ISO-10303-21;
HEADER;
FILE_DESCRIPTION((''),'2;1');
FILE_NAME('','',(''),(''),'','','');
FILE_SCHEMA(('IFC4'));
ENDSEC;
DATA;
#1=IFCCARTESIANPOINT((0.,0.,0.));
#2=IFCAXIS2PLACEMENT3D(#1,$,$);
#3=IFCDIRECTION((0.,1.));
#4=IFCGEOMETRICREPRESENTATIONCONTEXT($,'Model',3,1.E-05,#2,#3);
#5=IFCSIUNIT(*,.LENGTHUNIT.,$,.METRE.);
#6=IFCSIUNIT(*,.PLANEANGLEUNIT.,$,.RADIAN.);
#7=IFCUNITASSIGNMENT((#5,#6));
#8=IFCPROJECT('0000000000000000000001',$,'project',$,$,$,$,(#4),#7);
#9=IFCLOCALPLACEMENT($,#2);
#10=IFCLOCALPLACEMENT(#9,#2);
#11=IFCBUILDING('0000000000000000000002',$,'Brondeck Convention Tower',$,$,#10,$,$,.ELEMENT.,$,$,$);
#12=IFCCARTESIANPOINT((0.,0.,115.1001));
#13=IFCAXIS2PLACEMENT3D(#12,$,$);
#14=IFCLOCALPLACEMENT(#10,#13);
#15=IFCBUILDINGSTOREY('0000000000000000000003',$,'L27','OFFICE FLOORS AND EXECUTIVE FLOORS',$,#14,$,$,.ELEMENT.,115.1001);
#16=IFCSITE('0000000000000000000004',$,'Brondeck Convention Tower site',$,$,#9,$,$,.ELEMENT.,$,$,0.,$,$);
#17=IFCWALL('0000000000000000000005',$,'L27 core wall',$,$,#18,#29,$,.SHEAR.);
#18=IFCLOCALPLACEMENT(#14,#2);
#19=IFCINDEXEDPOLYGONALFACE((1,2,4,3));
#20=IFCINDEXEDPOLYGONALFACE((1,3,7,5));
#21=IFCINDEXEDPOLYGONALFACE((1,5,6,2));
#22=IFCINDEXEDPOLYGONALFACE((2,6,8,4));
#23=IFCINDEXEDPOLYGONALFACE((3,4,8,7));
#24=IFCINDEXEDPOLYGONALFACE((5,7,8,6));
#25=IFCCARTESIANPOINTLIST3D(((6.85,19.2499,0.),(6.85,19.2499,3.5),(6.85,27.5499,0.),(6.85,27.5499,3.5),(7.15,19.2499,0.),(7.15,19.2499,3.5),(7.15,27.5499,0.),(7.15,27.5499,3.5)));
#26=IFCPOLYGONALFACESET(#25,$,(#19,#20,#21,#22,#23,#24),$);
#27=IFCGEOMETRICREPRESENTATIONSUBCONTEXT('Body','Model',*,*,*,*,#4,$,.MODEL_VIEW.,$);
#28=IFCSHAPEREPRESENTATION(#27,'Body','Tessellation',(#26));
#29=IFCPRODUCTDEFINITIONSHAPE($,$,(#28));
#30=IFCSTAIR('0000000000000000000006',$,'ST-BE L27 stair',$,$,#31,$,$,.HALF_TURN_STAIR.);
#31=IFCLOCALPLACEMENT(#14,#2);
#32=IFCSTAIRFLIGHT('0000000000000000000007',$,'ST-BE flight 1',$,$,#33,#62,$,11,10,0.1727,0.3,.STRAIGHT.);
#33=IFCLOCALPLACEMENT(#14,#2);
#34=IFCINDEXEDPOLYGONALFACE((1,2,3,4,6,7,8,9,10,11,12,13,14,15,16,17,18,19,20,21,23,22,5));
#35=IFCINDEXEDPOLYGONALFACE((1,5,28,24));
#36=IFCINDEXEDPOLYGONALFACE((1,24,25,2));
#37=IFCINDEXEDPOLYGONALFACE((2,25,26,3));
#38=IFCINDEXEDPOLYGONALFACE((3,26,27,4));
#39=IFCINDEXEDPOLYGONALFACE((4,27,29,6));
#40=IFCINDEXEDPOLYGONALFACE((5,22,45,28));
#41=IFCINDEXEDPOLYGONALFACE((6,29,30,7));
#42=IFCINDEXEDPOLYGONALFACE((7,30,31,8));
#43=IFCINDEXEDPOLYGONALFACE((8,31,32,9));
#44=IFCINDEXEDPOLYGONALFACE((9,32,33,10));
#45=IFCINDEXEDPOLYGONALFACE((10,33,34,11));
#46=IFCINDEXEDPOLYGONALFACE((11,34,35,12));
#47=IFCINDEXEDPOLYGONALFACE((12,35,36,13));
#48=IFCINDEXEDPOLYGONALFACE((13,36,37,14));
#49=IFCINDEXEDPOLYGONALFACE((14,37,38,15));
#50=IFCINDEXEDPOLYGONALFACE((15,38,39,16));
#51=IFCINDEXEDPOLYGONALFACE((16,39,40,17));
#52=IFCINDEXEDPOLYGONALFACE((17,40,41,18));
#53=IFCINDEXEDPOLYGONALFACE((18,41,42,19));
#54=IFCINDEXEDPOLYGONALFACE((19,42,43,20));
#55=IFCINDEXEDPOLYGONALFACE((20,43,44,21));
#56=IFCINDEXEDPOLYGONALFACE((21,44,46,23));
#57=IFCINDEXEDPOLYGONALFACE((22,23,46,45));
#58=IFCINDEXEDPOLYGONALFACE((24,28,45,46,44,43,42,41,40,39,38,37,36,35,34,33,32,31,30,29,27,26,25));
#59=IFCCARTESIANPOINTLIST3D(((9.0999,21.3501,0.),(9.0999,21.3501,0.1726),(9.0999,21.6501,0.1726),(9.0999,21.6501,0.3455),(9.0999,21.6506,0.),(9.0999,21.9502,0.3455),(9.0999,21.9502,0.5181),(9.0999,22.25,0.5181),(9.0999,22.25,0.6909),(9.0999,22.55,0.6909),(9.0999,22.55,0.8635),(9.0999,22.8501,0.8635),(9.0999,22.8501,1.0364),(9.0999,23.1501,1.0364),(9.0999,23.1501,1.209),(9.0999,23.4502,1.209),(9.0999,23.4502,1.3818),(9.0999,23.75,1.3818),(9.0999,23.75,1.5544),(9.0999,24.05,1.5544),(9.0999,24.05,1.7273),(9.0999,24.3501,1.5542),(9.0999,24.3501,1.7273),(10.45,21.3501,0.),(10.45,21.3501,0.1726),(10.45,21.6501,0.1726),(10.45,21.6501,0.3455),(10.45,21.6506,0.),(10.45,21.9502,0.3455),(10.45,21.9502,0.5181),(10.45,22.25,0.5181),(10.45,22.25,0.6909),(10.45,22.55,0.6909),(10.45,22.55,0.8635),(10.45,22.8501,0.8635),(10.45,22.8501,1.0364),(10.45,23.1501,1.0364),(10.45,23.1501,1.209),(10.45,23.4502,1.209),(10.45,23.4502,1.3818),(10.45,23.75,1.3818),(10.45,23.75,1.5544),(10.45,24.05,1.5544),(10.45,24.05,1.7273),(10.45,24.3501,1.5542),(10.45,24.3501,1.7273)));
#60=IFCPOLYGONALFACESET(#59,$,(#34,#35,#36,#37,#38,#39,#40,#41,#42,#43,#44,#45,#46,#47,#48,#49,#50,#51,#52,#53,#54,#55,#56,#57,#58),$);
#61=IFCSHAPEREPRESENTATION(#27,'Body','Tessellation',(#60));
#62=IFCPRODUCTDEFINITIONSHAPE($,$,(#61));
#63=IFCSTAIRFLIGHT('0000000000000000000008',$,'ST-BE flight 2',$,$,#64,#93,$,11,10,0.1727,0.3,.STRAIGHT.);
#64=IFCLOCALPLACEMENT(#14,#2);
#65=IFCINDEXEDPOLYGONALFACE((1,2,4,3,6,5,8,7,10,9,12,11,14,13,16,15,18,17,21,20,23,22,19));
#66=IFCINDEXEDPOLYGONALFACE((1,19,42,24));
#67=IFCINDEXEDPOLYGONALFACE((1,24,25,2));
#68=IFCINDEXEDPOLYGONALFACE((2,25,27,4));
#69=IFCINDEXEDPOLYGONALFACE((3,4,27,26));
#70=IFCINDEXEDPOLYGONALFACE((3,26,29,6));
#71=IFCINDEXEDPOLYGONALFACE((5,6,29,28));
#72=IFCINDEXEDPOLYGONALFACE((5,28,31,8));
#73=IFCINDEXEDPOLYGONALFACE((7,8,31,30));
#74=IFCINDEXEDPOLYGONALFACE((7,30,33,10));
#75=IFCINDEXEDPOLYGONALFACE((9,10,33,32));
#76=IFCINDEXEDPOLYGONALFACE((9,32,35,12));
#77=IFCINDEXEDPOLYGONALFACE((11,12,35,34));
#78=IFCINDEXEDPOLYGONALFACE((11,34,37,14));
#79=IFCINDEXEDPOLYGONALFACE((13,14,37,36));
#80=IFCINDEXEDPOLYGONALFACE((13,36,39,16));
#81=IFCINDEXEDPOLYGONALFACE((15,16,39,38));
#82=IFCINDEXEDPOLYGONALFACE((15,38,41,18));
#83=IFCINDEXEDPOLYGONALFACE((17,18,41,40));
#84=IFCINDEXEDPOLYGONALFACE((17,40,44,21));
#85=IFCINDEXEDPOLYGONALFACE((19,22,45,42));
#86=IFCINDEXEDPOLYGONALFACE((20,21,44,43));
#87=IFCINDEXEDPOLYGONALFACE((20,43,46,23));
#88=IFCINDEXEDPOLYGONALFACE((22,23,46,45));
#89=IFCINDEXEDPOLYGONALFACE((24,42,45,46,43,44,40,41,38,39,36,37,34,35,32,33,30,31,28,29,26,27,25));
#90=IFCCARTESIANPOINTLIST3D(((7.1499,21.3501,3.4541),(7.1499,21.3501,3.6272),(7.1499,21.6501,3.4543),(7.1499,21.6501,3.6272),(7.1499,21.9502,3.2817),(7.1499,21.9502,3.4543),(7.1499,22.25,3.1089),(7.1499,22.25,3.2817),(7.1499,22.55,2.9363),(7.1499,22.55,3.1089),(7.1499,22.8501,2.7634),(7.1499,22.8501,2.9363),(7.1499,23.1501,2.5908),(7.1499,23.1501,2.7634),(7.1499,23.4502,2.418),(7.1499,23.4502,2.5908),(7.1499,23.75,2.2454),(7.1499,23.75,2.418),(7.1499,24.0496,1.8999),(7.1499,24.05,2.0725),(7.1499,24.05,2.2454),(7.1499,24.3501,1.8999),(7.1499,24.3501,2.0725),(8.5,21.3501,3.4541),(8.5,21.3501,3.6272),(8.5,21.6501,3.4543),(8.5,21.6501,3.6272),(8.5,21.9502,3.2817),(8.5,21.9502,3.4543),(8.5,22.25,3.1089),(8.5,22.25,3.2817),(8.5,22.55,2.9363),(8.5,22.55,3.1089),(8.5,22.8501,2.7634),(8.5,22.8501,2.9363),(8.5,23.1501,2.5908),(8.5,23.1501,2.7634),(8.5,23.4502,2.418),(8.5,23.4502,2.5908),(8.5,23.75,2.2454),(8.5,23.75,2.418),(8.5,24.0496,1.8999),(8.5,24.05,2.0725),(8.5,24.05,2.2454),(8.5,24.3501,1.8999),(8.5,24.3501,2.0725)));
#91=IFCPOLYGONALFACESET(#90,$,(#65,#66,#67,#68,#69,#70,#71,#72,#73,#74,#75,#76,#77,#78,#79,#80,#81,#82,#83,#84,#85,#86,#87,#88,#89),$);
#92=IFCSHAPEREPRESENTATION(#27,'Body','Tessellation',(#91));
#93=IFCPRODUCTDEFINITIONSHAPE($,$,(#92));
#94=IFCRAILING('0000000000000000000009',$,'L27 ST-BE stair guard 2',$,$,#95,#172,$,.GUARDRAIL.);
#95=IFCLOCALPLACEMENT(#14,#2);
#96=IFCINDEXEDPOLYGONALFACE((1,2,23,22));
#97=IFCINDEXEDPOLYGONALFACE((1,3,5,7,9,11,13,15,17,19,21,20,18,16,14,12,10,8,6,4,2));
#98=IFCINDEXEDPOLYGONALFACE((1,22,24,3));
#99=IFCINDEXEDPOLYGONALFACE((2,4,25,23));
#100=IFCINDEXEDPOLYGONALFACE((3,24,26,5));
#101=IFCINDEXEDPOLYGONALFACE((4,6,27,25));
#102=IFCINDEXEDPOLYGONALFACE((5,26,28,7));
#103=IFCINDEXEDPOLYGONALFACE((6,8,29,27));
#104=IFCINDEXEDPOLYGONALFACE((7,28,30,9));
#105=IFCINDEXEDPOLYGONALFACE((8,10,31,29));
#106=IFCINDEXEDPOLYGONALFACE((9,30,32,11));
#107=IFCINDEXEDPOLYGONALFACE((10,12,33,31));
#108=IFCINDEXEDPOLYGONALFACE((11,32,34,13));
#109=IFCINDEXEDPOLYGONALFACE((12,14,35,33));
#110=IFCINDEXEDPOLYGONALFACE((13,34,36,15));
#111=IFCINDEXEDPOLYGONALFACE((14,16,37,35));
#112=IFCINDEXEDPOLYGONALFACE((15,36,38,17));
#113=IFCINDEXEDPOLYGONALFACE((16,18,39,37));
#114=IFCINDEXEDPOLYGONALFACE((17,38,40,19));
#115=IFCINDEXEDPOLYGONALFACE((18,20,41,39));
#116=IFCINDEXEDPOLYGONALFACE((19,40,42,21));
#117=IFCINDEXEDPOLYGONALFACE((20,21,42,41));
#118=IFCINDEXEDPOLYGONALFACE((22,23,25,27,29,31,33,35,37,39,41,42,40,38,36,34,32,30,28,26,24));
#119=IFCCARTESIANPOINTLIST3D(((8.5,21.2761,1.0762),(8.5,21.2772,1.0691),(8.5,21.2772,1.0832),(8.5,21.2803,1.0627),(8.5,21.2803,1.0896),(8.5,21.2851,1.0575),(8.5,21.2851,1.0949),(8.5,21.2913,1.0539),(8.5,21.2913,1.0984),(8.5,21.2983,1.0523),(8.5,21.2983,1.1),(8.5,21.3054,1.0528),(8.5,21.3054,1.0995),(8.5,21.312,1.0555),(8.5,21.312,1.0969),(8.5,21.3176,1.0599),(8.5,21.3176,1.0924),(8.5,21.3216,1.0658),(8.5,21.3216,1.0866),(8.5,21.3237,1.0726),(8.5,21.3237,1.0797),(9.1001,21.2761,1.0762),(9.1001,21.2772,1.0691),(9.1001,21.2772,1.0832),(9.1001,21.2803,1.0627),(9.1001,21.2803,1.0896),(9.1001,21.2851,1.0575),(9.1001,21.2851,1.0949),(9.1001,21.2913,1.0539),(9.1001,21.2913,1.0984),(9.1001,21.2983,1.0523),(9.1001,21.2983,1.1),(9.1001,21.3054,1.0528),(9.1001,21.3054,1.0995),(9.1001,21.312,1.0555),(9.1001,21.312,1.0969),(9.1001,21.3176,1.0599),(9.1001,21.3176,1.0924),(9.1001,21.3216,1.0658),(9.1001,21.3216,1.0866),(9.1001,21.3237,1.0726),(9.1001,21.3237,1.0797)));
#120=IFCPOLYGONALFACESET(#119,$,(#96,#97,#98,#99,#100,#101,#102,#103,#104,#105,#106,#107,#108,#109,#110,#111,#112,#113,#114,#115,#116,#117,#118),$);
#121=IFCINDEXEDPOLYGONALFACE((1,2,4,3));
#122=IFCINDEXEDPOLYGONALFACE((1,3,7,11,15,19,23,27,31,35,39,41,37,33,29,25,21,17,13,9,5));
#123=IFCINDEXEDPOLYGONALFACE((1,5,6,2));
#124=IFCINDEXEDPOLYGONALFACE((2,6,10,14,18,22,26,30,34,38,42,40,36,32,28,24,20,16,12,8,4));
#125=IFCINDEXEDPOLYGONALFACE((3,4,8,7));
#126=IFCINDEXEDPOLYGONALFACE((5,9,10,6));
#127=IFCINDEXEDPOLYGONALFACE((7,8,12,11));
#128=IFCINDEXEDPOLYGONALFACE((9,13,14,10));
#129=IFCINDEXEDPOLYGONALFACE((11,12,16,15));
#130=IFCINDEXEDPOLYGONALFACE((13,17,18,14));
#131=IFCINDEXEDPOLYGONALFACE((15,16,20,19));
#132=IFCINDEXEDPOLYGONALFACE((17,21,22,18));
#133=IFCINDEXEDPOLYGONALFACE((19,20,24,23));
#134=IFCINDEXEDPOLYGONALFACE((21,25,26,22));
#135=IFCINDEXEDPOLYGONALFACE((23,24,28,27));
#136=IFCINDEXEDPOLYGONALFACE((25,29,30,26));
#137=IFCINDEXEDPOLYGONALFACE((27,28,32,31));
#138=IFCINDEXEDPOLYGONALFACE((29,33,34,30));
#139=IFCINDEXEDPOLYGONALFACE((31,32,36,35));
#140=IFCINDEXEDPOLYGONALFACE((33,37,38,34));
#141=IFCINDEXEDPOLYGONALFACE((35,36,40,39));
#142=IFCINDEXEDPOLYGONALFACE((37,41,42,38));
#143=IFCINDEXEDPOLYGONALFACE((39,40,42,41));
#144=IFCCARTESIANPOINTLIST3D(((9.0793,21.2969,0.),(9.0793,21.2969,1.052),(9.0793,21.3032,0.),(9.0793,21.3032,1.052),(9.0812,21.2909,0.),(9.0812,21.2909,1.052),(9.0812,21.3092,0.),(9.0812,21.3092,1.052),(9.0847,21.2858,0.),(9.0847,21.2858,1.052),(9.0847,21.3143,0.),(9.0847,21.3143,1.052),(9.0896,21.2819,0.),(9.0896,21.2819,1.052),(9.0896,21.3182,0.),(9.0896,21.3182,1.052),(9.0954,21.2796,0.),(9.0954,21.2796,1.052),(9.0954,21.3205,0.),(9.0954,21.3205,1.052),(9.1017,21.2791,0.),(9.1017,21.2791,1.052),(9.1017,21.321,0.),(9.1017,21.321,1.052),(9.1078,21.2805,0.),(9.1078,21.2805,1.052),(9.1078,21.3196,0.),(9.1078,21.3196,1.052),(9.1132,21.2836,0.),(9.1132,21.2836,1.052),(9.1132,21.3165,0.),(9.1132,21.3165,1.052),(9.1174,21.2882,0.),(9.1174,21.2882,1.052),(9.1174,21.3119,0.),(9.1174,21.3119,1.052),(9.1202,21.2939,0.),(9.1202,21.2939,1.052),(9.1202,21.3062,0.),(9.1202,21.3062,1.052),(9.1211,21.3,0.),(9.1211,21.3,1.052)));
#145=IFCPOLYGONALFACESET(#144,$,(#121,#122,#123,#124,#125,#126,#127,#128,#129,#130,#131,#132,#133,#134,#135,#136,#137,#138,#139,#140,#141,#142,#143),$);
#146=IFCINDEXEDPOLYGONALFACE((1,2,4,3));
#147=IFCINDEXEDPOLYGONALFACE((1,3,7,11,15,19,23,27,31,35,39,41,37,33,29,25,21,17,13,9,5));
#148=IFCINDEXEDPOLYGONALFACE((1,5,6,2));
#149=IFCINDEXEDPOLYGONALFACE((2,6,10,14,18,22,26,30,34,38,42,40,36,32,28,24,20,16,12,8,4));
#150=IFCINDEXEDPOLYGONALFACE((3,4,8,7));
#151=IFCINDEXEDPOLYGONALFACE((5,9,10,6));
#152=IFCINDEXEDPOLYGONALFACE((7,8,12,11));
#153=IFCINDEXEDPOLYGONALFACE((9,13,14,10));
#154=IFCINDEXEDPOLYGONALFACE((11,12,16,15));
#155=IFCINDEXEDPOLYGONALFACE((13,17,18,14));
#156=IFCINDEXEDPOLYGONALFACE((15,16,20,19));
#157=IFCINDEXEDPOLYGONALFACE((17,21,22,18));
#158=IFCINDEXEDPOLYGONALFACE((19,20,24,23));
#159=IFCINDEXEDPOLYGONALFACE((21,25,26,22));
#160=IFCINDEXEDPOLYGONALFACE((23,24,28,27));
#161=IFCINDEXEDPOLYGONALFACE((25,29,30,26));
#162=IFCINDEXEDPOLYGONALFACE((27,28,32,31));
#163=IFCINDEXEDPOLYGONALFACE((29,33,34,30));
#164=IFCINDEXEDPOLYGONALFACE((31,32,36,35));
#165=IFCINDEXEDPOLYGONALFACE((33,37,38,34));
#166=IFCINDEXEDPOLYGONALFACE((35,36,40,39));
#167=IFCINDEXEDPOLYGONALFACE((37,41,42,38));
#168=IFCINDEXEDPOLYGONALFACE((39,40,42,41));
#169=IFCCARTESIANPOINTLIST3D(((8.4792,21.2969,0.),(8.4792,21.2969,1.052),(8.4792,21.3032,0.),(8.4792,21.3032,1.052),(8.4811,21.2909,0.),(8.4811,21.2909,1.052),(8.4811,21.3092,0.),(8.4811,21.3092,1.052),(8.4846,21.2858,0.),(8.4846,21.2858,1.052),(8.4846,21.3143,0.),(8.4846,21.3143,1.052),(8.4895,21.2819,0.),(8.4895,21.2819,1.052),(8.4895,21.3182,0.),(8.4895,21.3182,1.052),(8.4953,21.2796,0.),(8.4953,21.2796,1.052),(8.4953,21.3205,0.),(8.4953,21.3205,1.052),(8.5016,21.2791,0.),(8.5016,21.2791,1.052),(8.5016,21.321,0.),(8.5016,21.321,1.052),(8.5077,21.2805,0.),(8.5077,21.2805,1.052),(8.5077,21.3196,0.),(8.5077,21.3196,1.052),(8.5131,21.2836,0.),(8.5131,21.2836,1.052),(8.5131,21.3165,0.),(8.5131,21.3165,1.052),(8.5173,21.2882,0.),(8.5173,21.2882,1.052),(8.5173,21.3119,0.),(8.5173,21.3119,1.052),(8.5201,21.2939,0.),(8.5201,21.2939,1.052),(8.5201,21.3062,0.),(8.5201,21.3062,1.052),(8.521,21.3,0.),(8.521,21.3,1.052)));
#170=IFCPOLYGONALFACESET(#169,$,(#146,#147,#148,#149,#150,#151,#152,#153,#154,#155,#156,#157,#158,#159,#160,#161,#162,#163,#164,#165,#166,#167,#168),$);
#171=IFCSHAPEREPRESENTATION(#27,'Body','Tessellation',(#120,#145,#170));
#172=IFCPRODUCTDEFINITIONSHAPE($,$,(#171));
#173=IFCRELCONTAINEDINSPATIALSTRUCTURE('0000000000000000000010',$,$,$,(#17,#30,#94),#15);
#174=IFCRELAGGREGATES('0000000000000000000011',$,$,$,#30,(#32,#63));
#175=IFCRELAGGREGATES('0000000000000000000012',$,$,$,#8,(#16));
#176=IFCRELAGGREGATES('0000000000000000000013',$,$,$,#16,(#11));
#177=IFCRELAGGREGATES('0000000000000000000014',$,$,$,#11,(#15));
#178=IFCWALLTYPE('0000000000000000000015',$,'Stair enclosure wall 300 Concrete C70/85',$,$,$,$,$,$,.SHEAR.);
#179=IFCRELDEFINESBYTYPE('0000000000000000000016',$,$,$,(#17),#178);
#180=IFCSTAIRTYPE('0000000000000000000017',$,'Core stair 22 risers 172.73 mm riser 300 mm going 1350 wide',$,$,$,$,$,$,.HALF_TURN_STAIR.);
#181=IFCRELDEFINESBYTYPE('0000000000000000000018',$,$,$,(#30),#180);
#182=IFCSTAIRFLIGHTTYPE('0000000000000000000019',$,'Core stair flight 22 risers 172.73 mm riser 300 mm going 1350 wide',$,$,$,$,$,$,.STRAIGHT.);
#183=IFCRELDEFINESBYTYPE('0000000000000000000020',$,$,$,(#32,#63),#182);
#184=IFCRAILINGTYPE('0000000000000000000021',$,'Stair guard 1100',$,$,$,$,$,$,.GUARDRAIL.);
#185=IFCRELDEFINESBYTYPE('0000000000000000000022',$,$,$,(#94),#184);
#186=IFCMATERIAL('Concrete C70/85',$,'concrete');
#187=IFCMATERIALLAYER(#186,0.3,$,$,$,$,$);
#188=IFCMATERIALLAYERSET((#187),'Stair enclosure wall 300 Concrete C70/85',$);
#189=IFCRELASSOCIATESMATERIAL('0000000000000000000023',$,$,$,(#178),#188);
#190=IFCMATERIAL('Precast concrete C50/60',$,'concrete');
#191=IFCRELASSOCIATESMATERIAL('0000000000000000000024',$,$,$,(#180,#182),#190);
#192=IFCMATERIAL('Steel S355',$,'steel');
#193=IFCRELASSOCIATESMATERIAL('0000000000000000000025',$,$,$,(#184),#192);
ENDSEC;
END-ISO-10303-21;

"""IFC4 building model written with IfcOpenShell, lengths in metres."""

from ifc_helpers import new_model, si_unit, direction, frame, frame_2d, origin, origin_2d, place, context, subcontext, project, spatial, polyline, rectangle, circle, outline, extrude, material, layer, layer_set, type_object, element, aggregate, save


model = new_model("IFC4")

# Units and contexts
model_context = context("Model", 3, precision=1e-05, world=origin(), true_north=direction((0.0, 1.0)))
body_context = subcontext(model_context, "Body", "Model", "MODEL_VIEW")
ifc_project = project(units=[si_unit("LENGTHUNIT", "METRE"), si_unit("PLANEANGLEUNIT", "RADIAN")], contexts=[model_context])

# Site, building, storey
site_placement = place(None, origin())
site = spatial("IfcSite", under=ifc_project, at=site_placement, Name="Brondeck Convention Tower site", CompositionType="ELEMENT", RefElevation=0.0)
building_placement = place(site_placement, origin())
building = spatial("IfcBuilding", under=site, at=building_placement, Name="Brondeck Convention Tower", CompositionType="ELEMENT")
storey_placement = place(building_placement, frame((0.0, 0.0, 115.1001)))
storey = spatial("IfcBuildingStorey", under=building, at=storey_placement, Name="L27", Description="OFFICE FLOORS AND EXECUTIVE FLOORS", CompositionType="ELEMENT", Elevation=115.1001)

# Shared definitions
ifc_material_1 = material(Name="Concrete C70/85", Category="concrete")

# Shared definitions
ifc_material_2 = material(Name="Steel S355", Category="steel")

# Wall
ifc_layer_1 = layer(ifc_material_1, 0.3)
ifc_layer_set_1 = layer_set([ifc_layer_1], Name="Stair enclosure wall 300 Concrete C70/85")
wall_type_1 = type_object("IfcWallType", Name="Stair enclosure wall 300 Concrete C70/85", PredefinedType="SHEAR", material=ifc_layer_set_1)
wall_1_placement = place(storey_placement, frame((7.0, 19.25, 0.0), z_axis=(0.0, 0.0, 1.0), x_axis=(0.0, 1.0, 0.0)))
element("IfcWall", 1, at=wall_1_placement, inside=storey, type_object=wall_type_1, Name="L27 core wall", PredefinedType="SHEAR", context=body_context, shape_type="SweptSolid", body=[
    extrude(rectangle(XDim=8.3, YDim=0.3, at=frame_2d((4.1499, 0.0))), origin(), (0.0, 0.0, 1.0), 3.5),
])

# Stair, stair flights
ifc_material_3 = material(Name="Precast concrete C50/60", Category="concrete")
stair_type = type_object("IfcStairType", Name="Core stair 22 risers 172.73 mm riser 300 mm going 1350 wide", PredefinedType="HALF_TURN_STAIR", material=ifc_material_3)
stair_placement = place(storey_placement, origin())
stair = element("IfcStair", 2, at=stair_placement, inside=storey, type_object=stair_type, Name="ST-BE L27 stair", PredefinedType="HALF_TURN_STAIR")
stair_flight_type = type_object("IfcStairFlightType", Name="Core stair flight 22 risers 172.73 mm riser 300 mm going 1350 wide", PredefinedType="STRAIGHT", material=ifc_material_3)
stair_flight_1_placement = place(storey_placement, frame((9.7749, 21.3501, 0.0), z_axis=(0.0, 0.0, 1.0), x_axis=(0.0, 1.0, 0.0)))
stair_flight_1 = element("IfcStairFlight", 3, at=stair_flight_1_placement, type_object=stair_flight_type, Name="ST-BE flight 1", NumberOfRisers=11, NumberOfTreads=10, PredefinedType="STRAIGHT", RiserHeight=0.1727, TreadLength=0.3, context=body_context, shape_type="SweptSolid", body=[
    extrude(outline(polyline([(0.0, 0.0), (0.0, 0.1726), (0.3, 0.1726), (0.3, 0.3455), (0.6001, 0.3455), (0.6001, 0.5181), (0.8999, 0.5181), (0.8999, 0.6909), (1.2, 0.6909), (1.2, 0.8635), (1.5, 0.8635), (1.5, 1.0364), (1.8, 1.0364), (1.8, 1.209), (2.1001, 1.209), (2.1001, 1.3818), (2.3999, 1.3818), (2.3999, 1.5544), (2.7, 1.5544), (2.7, 1.7273), (3.0, 1.7273), (3.0, 1.8999), (3.0, 1.5542), (0.3005, 0.0), (0.0, 0.0)])), frame((0.0, 0.675, 0.0), z_axis=(0.0, -1.0, 0.0), x_axis=(1.0, 0.0, 0.0)), (0.0, 0.0, 1.0), 1.3501),
])
stair_flight_2_placement = place(storey_placement, frame((7.825, 24.3501, 1.8999), z_axis=(0.0, 0.0, 1.0), x_axis=(0.0, -1.0, 0.0)))
stair_flight_2 = element("IfcStairFlight", 4, at=stair_flight_2_placement, type_object=stair_flight_type, Name="ST-BE flight 2", NumberOfRisers=11, NumberOfTreads=10, PredefinedType="STRAIGHT", RiserHeight=0.1727, TreadLength=0.3, context=body_context, shape_type="SweptSolid", body=[
    extrude(outline(polyline([(0.0, 0.0), (0.0, 0.1726), (0.3, 0.1726), (0.3, 0.3455), (0.6001, 0.3455), (0.6001, 0.5181), (0.8999, 0.5181), (0.8999, 0.6909), (1.2, 0.6909), (1.2, 0.8635), (1.5, 0.8635), (1.5, 1.0364), (1.8, 1.0364), (1.8, 1.209), (2.1001, 1.209), (2.1001, 1.3818), (2.3999, 1.3818), (2.3999, 1.5544), (2.7, 1.5544), (2.7, 1.7273), (3.0, 1.7273), (3.0, 1.8999), (3.0, 1.5542), (0.3005, 0.0), (0.0, 0.0)])), frame((0.0, 0.675, 0.0), z_axis=(0.0, -1.0, 0.0), x_axis=(1.0, 0.0, 0.0)), (0.0, 0.0, 1.0), 1.3501),
])
aggregate(stair, [stair_flight_1, stair_flight_2])

# Railing
railing_type_1 = type_object("IfcRailingType", Name="Stair guard 1100", PredefinedType="GUARDRAIL", material=ifc_material_2)
railing_1_placement = place(storey_placement, frame((9.1001, 21.3, 0.0)))
element("IfcRailing", 5, at=railing_1_placement, inside=storey, type_object=railing_type_1, Name="L27 ST-BE stair guard 2", PredefinedType="GUARDRAIL", context=body_context, shape_type="SweptSolid", body=[
    extrude(circle(Radius=0.0239, at=origin_2d()), frame((0.0, 0.0, 1.0762), z_axis=(-1.0, 0.0, 0.0), x_axis=(0.0, -1.0, 0.0)), (0.0, 0.0, 1.0), 0.6001),
    extrude(circle(Radius=0.021, at=origin_2d()), origin(), (0.0, 0.0, 1.0), 1.052),
    extrude(circle(Radius=0.021, at=origin_2d()), frame((-0.6001, 0.0, 0.0)), (0.0, 0.0, 1.0), 1.052),
])

save(model, "model.ifc")
